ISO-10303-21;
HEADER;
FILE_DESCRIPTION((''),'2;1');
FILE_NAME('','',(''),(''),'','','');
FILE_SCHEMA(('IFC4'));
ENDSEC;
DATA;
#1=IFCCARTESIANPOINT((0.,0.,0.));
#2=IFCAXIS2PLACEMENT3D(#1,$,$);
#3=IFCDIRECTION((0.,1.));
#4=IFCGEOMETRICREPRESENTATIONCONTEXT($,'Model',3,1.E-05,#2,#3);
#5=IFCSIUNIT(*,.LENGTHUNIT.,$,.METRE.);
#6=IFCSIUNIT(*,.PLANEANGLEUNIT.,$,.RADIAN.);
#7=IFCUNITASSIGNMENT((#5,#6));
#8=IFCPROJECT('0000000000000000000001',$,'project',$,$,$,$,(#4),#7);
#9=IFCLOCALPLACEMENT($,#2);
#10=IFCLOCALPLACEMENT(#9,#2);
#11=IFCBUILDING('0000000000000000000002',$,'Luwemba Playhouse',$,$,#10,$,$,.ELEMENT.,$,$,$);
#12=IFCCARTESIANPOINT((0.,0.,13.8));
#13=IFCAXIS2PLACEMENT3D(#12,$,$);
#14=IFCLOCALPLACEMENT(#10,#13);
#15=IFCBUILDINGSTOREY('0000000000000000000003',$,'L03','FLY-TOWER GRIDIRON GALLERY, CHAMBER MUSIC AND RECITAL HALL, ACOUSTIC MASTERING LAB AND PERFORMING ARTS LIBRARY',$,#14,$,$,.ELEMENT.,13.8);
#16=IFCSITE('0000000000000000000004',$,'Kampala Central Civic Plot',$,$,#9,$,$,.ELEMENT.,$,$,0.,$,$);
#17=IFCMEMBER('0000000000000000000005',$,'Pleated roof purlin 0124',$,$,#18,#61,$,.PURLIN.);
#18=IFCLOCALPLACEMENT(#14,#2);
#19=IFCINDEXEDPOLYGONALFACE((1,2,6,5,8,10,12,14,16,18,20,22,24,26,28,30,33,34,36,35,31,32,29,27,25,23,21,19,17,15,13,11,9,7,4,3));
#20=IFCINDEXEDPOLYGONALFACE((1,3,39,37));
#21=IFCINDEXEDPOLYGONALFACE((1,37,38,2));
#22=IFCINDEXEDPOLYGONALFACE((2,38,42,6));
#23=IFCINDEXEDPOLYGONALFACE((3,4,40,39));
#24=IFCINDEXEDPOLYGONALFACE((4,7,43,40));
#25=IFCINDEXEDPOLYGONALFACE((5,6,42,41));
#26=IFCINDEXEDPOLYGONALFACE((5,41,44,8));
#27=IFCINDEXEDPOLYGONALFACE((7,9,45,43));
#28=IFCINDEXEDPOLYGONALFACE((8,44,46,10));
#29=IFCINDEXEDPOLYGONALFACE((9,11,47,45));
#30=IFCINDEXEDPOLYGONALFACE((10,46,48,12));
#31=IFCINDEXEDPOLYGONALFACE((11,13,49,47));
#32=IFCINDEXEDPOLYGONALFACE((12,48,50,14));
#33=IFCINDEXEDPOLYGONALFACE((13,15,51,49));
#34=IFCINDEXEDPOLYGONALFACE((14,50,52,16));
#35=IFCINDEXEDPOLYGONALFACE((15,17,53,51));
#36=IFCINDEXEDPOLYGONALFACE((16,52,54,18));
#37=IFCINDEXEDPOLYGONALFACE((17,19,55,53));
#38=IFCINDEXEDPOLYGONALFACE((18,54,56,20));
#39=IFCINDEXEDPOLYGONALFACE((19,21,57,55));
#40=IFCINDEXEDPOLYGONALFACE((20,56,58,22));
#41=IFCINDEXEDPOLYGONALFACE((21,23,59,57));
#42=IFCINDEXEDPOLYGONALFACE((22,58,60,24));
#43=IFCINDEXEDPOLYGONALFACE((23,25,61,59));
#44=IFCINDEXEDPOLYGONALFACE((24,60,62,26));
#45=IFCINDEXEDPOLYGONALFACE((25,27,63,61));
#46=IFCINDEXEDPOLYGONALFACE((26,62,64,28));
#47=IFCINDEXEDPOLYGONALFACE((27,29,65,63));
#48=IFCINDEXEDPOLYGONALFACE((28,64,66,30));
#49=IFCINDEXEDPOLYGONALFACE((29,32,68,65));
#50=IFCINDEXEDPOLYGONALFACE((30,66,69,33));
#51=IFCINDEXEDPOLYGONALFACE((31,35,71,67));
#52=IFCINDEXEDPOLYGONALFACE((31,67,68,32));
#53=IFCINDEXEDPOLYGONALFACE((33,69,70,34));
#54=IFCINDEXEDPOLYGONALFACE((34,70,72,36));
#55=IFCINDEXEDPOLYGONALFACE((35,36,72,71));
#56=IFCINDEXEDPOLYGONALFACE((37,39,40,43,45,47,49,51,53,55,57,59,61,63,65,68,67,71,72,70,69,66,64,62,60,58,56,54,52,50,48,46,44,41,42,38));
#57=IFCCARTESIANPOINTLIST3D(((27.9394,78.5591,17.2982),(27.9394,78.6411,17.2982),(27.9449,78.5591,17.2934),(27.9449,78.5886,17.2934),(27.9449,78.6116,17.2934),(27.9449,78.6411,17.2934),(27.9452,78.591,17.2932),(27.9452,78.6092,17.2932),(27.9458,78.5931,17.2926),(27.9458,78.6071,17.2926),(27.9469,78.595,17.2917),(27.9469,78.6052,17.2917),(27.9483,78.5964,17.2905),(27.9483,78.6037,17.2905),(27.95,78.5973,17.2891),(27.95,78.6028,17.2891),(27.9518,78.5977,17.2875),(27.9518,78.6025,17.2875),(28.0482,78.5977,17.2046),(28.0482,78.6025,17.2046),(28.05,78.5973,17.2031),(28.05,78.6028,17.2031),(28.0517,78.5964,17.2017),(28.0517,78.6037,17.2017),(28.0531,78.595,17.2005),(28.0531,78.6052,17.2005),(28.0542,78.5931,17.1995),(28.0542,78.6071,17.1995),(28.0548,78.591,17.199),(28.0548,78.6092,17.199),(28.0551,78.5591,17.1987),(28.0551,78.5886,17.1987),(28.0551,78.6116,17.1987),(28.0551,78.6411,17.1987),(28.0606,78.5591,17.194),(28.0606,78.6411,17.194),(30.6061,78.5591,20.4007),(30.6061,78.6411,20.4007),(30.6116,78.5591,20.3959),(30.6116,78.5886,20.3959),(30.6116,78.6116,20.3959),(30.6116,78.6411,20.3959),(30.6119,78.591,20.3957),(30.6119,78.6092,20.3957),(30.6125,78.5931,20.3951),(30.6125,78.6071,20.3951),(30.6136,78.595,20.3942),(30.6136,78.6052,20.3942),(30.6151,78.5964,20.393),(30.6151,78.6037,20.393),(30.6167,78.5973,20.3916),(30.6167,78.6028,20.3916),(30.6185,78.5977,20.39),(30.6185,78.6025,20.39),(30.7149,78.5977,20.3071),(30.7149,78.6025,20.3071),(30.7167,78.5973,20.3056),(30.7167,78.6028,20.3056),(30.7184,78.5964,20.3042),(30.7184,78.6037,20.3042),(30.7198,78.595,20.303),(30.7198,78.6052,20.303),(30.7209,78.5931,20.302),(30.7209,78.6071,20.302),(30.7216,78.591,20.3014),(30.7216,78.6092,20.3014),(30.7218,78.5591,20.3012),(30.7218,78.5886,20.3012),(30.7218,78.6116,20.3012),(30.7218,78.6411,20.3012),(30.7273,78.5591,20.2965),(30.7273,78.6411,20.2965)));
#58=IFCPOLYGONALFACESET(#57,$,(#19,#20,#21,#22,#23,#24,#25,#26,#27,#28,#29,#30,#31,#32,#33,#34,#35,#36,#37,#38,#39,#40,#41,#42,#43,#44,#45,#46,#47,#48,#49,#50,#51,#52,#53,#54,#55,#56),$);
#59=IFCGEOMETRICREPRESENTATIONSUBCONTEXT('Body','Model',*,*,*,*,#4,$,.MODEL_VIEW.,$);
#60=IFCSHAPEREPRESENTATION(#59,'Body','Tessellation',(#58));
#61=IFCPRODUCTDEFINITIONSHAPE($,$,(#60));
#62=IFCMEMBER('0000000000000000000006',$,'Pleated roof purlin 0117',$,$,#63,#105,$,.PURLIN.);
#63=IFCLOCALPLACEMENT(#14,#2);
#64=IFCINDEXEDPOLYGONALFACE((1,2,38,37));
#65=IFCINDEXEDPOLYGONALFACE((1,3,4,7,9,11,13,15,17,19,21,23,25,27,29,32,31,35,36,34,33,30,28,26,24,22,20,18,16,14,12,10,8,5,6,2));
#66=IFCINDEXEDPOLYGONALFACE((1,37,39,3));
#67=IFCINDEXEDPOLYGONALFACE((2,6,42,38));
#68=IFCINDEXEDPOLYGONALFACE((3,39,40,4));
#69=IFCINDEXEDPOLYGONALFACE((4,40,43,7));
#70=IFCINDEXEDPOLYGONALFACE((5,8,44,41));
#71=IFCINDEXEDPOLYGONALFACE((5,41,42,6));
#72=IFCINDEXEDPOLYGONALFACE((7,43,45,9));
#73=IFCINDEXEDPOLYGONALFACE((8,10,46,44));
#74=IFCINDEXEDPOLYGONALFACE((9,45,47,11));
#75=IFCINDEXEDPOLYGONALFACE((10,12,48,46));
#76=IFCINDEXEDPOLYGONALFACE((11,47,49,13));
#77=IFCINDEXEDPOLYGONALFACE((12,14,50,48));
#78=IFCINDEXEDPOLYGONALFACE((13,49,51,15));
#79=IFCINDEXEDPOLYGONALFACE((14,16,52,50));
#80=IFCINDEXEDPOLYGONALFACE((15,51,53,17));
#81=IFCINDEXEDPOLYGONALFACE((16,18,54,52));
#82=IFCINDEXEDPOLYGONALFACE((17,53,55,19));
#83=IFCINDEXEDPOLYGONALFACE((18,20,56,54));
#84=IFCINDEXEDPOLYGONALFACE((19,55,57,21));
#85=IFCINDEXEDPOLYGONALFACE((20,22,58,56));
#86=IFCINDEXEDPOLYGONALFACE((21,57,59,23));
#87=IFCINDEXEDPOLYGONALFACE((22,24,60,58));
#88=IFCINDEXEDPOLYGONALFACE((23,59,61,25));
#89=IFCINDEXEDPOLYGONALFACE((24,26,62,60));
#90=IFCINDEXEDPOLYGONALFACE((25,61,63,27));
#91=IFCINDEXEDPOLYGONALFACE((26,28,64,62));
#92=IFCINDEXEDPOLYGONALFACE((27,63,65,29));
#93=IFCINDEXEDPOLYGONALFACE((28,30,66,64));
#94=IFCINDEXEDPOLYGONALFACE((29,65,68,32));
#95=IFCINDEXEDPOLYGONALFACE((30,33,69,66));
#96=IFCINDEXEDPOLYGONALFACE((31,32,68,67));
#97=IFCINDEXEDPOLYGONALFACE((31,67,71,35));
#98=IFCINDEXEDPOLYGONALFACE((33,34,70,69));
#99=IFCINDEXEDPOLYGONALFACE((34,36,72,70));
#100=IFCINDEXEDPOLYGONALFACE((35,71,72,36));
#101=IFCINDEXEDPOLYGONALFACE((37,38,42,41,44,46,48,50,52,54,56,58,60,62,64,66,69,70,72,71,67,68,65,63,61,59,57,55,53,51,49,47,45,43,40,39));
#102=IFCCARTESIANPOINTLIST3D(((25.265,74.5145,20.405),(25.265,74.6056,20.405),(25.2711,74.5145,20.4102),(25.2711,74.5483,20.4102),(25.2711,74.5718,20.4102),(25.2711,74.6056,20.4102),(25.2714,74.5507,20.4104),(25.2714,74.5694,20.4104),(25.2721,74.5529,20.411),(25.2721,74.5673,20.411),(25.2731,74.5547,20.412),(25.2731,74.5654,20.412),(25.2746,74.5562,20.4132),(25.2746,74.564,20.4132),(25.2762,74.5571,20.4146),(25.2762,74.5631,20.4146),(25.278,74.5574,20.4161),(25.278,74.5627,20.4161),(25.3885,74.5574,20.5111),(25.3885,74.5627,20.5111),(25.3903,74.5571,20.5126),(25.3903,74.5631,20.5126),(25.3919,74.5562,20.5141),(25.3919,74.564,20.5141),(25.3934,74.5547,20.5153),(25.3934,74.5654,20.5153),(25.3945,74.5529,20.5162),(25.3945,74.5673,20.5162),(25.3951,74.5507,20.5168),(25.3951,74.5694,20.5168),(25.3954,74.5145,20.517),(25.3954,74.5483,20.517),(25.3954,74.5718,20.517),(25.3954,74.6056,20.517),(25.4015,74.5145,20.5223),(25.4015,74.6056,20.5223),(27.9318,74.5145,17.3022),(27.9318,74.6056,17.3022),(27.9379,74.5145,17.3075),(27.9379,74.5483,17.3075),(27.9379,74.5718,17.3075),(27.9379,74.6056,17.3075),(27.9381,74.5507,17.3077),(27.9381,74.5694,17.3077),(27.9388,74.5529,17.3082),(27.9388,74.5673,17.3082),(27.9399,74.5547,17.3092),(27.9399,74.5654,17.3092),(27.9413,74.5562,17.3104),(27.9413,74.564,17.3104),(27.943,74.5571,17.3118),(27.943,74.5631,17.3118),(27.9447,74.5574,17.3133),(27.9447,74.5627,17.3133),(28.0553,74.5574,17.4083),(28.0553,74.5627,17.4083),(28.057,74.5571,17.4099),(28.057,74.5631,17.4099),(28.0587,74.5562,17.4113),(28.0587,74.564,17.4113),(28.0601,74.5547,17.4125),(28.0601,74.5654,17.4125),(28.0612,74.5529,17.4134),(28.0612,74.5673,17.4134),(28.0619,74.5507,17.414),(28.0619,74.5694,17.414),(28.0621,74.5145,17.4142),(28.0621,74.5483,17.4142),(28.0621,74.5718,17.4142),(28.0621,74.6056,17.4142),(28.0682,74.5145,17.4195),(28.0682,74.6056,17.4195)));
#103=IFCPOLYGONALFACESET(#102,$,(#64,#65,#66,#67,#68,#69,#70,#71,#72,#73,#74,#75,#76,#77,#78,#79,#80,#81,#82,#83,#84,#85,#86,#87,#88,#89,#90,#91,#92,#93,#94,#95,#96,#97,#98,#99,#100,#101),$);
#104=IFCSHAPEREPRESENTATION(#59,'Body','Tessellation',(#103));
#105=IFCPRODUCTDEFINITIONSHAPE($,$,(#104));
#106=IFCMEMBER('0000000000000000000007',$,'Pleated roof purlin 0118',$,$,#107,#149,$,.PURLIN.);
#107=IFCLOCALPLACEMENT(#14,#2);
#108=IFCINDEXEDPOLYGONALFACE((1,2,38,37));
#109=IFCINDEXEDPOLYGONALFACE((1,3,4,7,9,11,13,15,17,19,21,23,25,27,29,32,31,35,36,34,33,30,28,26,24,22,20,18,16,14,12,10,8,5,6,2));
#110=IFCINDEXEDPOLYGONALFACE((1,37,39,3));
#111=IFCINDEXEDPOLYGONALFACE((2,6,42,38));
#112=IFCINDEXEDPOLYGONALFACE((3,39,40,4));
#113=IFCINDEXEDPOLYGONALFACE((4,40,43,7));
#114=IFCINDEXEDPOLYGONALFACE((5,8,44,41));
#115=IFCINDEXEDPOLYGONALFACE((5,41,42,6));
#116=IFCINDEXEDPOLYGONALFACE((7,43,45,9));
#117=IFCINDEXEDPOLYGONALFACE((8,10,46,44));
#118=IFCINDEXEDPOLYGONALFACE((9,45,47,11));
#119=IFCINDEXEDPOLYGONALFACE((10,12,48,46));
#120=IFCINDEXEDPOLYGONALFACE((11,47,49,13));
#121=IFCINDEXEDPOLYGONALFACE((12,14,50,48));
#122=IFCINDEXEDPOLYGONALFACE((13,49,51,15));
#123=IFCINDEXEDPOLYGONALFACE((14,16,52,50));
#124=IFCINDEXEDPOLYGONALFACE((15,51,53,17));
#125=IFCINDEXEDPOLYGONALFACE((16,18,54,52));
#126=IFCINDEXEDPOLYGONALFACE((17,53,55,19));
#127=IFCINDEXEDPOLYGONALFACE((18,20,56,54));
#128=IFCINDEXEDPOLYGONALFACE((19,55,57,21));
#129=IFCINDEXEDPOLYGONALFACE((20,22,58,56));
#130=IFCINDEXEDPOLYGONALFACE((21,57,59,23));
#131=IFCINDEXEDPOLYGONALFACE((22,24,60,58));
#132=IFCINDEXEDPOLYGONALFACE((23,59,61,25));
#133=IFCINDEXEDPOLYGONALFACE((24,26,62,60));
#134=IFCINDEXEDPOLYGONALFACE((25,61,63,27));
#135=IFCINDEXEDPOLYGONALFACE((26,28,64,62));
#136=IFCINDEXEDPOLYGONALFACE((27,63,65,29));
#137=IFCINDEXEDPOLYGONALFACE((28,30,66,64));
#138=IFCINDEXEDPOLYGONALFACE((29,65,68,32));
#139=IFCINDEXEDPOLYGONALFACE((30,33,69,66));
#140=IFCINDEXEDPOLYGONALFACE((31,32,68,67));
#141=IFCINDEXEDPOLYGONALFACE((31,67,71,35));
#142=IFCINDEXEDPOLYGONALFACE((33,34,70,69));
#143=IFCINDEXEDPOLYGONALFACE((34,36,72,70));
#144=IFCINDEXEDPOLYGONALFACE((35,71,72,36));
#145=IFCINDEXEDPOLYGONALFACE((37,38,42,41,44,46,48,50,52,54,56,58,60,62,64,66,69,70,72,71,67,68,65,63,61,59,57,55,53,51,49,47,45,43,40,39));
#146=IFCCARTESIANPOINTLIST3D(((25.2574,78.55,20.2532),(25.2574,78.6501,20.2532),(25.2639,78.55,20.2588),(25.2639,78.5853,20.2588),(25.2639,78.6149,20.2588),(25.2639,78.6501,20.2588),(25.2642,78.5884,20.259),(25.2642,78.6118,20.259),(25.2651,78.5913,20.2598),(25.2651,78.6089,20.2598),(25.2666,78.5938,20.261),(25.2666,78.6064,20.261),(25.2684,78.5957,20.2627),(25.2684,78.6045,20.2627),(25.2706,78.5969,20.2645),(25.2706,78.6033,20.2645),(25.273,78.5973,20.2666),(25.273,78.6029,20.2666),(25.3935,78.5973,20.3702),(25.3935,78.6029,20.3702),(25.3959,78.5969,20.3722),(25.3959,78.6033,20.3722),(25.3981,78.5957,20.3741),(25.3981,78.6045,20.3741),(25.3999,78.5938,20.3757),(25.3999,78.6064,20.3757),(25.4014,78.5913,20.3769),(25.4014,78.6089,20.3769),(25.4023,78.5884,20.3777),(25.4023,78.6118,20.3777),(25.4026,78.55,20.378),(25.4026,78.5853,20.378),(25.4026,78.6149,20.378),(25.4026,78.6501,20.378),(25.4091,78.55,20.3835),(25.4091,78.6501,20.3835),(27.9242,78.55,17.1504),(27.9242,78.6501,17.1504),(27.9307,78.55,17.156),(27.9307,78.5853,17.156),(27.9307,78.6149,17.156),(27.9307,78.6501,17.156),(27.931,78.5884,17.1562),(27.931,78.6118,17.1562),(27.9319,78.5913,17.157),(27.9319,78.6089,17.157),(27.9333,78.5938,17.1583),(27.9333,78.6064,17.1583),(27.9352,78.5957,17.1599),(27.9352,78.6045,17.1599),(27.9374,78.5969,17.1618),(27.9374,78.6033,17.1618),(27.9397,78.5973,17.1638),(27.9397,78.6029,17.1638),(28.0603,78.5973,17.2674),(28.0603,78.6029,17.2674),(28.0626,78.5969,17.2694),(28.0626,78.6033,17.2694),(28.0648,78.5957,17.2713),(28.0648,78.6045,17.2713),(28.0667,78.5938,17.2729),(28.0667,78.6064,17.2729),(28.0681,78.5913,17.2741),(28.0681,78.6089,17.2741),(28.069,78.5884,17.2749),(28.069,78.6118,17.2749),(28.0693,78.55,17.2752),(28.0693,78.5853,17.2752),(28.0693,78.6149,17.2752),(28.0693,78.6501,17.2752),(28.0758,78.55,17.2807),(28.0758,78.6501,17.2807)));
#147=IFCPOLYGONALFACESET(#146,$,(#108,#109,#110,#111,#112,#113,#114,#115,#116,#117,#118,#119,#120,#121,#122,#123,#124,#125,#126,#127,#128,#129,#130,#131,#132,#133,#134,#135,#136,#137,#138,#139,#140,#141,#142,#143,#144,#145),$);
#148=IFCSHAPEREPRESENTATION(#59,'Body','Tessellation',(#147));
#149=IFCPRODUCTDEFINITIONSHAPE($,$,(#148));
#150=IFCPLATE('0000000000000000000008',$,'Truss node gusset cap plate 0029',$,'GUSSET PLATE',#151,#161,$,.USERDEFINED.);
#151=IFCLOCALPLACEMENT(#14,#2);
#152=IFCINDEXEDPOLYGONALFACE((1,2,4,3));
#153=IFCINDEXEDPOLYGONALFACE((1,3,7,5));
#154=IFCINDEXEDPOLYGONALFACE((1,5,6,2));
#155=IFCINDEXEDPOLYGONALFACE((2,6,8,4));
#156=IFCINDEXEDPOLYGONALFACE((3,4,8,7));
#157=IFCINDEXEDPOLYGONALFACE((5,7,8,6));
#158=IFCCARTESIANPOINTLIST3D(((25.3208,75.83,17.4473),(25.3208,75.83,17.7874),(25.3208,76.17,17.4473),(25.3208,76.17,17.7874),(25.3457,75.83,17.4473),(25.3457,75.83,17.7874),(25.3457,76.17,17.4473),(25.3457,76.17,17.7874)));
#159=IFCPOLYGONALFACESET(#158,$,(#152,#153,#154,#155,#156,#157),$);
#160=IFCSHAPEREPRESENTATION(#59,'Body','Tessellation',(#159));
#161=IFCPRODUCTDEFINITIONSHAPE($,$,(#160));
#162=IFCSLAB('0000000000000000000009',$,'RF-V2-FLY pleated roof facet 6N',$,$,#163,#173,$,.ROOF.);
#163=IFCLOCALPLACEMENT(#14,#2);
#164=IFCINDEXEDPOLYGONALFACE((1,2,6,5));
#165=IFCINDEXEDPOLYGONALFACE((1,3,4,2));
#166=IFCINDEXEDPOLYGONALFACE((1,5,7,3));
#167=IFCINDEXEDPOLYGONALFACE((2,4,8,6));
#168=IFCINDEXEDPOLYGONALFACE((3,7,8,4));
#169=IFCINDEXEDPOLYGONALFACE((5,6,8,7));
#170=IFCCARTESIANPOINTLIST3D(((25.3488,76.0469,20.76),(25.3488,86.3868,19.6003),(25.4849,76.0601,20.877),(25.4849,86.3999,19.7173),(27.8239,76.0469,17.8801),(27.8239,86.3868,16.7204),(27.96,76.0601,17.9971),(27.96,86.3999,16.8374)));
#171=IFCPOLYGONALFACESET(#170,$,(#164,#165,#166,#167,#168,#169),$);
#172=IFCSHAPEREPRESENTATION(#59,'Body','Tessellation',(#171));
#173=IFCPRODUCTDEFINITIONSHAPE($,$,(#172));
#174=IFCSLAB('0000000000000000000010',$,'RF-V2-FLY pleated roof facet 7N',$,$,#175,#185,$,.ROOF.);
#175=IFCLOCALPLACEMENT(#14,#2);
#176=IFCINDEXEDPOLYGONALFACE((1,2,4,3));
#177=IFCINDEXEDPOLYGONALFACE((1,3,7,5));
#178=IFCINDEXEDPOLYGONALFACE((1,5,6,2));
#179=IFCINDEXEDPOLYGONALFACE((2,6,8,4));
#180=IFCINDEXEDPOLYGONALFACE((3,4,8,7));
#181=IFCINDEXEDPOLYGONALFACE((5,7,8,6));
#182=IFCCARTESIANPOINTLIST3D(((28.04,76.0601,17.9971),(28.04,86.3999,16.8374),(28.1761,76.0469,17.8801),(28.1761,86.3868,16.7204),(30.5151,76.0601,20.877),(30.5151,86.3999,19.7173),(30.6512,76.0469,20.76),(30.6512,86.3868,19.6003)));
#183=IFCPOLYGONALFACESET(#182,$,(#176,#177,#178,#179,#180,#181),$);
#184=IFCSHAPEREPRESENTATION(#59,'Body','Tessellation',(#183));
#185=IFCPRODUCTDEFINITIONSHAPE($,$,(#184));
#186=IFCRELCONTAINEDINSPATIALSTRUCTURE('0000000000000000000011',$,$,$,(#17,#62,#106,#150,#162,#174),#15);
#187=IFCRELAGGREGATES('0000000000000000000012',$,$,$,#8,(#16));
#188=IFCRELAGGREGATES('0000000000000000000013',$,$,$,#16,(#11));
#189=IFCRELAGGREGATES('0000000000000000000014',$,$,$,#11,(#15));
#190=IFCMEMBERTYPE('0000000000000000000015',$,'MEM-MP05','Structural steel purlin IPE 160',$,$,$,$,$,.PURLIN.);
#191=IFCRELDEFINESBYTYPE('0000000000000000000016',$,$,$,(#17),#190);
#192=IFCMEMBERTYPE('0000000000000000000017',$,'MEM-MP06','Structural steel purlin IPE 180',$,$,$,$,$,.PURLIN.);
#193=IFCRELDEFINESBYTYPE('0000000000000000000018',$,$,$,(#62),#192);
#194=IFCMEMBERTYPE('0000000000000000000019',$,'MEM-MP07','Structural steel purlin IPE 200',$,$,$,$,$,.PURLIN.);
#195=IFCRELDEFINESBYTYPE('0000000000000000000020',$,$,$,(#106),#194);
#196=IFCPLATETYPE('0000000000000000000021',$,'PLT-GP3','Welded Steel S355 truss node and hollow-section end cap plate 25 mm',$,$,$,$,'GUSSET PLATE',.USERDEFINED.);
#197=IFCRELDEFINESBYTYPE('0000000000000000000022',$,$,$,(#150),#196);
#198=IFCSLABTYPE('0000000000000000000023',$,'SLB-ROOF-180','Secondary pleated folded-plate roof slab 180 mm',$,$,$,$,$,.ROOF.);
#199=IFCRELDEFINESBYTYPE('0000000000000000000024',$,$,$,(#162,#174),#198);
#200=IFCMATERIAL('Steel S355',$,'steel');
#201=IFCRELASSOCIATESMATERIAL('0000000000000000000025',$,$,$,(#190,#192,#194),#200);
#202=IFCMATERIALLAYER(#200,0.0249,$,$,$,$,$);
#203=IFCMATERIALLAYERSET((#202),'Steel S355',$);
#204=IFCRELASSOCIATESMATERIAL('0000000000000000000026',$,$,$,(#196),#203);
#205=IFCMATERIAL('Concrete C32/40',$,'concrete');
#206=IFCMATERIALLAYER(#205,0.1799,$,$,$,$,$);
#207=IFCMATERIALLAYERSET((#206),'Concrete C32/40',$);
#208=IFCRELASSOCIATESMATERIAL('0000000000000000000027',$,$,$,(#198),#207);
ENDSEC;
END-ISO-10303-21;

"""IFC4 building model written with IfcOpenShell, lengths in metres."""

from ifc_helpers import new_model, si_unit, direction, frame, origin, origin_2d, place, context, subcontext, project, spatial, polyline, rectangle, i_section, outline, extrude, material, layer, layer_set, material_profile, profile_set, type_object, element, save


model = new_model("IFC4")

# Units and contexts
model_context = context("Model", 3, precision=1e-05, world=origin(), true_north=direction((0.0, 1.0)))
body_context = subcontext(model_context, "Body", "Model", "MODEL_VIEW")
ifc_project = project(units=[si_unit("LENGTHUNIT", "METRE"), si_unit("PLANEANGLEUNIT", "RADIAN")], contexts=[model_context])

# Site, building, storey
site_placement = place(None, origin())
site = spatial("IfcSite", under=ifc_project, at=site_placement, Name="Kampala Central Civic Plot", CompositionType="ELEMENT", RefElevation=0.0)
building_placement = place(site_placement, origin())
building = spatial("IfcBuilding", under=site, at=building_placement, Name="Luwemba Playhouse", CompositionType="ELEMENT")
storey_placement = place(building_placement, frame((0.0, 0.0, 13.8)))
storey = spatial("IfcBuildingStorey", under=building, at=storey_placement, Name="L03", Description="FLY-TOWER GRIDIRON GALLERY, CHAMBER MUSIC AND RECITAL HALL, ACOUSTIC MASTERING LAB AND PERFORMING ARTS LIBRARY", CompositionType="ELEMENT", Elevation=13.8)

# Shared definitions
ifc_material_1 = material(Name="Steel S355", Category="steel")

# Members
ifc_material_profile_1 = material_profile(ifc_material_1, i_section(OverallWidth=0.082, OverallDepth=0.1599, WebThickness=0.0049, FlangeThickness=0.0073, FilletRadius=0.009, at=origin_2d()))
ifc_profile_set_1 = profile_set([ifc_material_profile_1], Name="Steel S355")
member_type_1 = type_object("IfcMemberType", Name="MEM-MP05", Description="Structural steel purlin IPE 160", PredefinedType="PURLIN", material=ifc_profile_set_1)
member_1_placement = place(storey_placement, frame((28.0, 78.6001, 17.2461), z_axis=(0.651838, 0.0, 0.758359), x_axis=(0.0, 1.0, 0.0)))
element("IfcMember", 1, at=member_1_placement, inside=storey, type_object=member_type_1, Name="Pleated roof purlin 0124", PredefinedType="PURLIN", context=body_context, shape_type="SweptSolid", body=[
    extrude(i_section(OverallWidth=0.082, OverallDepth=0.1599, WebThickness=0.0049, FlangeThickness=0.0073, FilletRadius=0.009, at=origin_2d()), origin(), (0.0, 0.0, 1.0), 4.0911),
])
ifc_material_profile_2 = material_profile(ifc_material_1, i_section(OverallWidth=0.0911, OverallDepth=0.1799, WebThickness=0.0054, FlangeThickness=0.0081, FilletRadius=0.009, at=origin_2d()))
ifc_profile_set_2 = profile_set([ifc_material_profile_2], Name="Steel S355")
member_type_2 = type_object("IfcMemberType", Name="MEM-MP06", Description="Structural steel purlin IPE 180", PredefinedType="PURLIN", material=ifc_profile_set_2)
member_2_placement = place(storey_placement, frame((25.3333, 74.5601, 20.4636), z_axis=(0.651808, 0.0, -0.758384), x_axis=(0.0, 1.0, 0.0)))
element("IfcMember", 2, at=member_2_placement, inside=storey, type_object=member_type_2, Name="Pleated roof purlin 0117", PredefinedType="PURLIN", context=body_context, shape_type="SweptSolid", body=[
    extrude(i_section(OverallWidth=0.0911, OverallDepth=0.1799, WebThickness=0.0054, FlangeThickness=0.0081, FilletRadius=0.009, at=origin_2d()), origin(), (0.0, 0.0, 1.0), 4.0913),
])
ifc_material_profile_3 = material_profile(ifc_material_1, i_section(OverallWidth=0.1001, OverallDepth=0.2, WebThickness=0.0056, FlangeThickness=0.0085, FilletRadius=0.012, at=origin_2d()))
ifc_profile_set_3 = profile_set([ifc_material_profile_3], Name="Steel S355")
member_type_3 = type_object("IfcMemberType", Name="MEM-MP07", Description="Structural steel purlin IPE 200", PredefinedType="PURLIN", material=ifc_profile_set_3)
member_3_placement = place(storey_placement, frame((25.3333, 78.6001, 20.3184), z_axis=(0.651808, 0.0, -0.758384), x_axis=(0.0, 1.0, 0.0)))
element("IfcMember", 3, at=member_3_placement, inside=storey, type_object=member_type_3, Name="Pleated roof purlin 0118", PredefinedType="PURLIN", context=body_context, shape_type="SweptSolid", body=[
    extrude(i_section(OverallWidth=0.1001, OverallDepth=0.2, WebThickness=0.0056, FlangeThickness=0.0085, FilletRadius=0.012, at=origin_2d()), origin(), (0.0, 0.0, 1.0), 4.0913),
])

# Plate
ifc_layer_1 = layer(ifc_material_1, 0.0249)
ifc_layer_set_1 = layer_set([ifc_layer_1], Name="Steel S355")
plate_type = type_object("IfcPlateType", Name="PLT-GP3", Description="Welded Steel S355 truss node and hollow-section end cap plate 25 mm", ElementType="GUSSET PLATE", PredefinedType="USERDEFINED", material=ifc_layer_set_1)
plate_placement = place(storey_placement, frame((25.3333, 76.0, 17.4473), z_axis=(0.0, 0.0, 1.0), x_axis=(1.0, 0.0, 0.0)))
element("IfcPlate", 4, at=plate_placement, inside=storey, type_object=plate_type, Name="Truss node gusset cap plate 0029", ObjectType="GUSSET PLATE", PredefinedType="USERDEFINED", context=body_context, shape_type="SweptSolid", body=[
    extrude(rectangle(XDim=0.0249, YDim=0.3401, at=origin_2d()), origin(), (0.0, 0.0, 1.0), 0.3401),
])

# Slabs
ifc_material_2 = material(Name="Concrete C32/40", Category="concrete")
ifc_layer_2 = layer(ifc_material_2, 0.1799)
ifc_layer_set_2 = layer_set([ifc_layer_2], Name="Concrete C32/40")
slab_type = type_object("IfcSlabType", Name="SLB-ROOF-180", Description="Secondary pleated folded-plate roof slab 180 mm", PredefinedType="ROOF", material=ifc_layer_set_2)
slab_1_placement = place(storey_placement, frame((25.4849, 76.0601, 20.877), z_axis=(0.756375, 0.072908, 0.650062), x_axis=(0.651797, 0.0, -0.758394)))
element("IfcSlab", 5, at=slab_1_placement, inside=storey, type_object=slab_type, Name="RF-V2-FLY pleated roof facet 6N", PredefinedType="ROOF", context=body_context, shape_type="SweptSolid", body=[
    extrude(outline(polyline([(0.0, 0.0), (3.7973, 0.0), (4.6768, 10.3674), (0.8795, 10.3674), (0.0, 0.0)])), origin(), (0.0, 0.0, -1.0), 0.1799),
])
slab_2_placement = place(storey_placement, frame((28.04, 76.0601, 17.9971), z_axis=(-0.756375, 0.072908, 0.650062), x_axis=(0.651797, 0.0, 0.758394)))
element("IfcSlab", 6, at=slab_2_placement, inside=storey, type_object=slab_type, Name="RF-V2-FLY pleated roof facet 7N", PredefinedType="ROOF", context=body_context, shape_type="SweptSolid", body=[
    extrude(outline(polyline([(0.0, 0.0), (3.7973, 0.0), (2.9179, 10.3674), (-0.8795, 10.3674), (0.0, 0.0)])), origin(), (0.0, 0.0, -1.0), 0.1799),
])

save(model, "model.ifc")
